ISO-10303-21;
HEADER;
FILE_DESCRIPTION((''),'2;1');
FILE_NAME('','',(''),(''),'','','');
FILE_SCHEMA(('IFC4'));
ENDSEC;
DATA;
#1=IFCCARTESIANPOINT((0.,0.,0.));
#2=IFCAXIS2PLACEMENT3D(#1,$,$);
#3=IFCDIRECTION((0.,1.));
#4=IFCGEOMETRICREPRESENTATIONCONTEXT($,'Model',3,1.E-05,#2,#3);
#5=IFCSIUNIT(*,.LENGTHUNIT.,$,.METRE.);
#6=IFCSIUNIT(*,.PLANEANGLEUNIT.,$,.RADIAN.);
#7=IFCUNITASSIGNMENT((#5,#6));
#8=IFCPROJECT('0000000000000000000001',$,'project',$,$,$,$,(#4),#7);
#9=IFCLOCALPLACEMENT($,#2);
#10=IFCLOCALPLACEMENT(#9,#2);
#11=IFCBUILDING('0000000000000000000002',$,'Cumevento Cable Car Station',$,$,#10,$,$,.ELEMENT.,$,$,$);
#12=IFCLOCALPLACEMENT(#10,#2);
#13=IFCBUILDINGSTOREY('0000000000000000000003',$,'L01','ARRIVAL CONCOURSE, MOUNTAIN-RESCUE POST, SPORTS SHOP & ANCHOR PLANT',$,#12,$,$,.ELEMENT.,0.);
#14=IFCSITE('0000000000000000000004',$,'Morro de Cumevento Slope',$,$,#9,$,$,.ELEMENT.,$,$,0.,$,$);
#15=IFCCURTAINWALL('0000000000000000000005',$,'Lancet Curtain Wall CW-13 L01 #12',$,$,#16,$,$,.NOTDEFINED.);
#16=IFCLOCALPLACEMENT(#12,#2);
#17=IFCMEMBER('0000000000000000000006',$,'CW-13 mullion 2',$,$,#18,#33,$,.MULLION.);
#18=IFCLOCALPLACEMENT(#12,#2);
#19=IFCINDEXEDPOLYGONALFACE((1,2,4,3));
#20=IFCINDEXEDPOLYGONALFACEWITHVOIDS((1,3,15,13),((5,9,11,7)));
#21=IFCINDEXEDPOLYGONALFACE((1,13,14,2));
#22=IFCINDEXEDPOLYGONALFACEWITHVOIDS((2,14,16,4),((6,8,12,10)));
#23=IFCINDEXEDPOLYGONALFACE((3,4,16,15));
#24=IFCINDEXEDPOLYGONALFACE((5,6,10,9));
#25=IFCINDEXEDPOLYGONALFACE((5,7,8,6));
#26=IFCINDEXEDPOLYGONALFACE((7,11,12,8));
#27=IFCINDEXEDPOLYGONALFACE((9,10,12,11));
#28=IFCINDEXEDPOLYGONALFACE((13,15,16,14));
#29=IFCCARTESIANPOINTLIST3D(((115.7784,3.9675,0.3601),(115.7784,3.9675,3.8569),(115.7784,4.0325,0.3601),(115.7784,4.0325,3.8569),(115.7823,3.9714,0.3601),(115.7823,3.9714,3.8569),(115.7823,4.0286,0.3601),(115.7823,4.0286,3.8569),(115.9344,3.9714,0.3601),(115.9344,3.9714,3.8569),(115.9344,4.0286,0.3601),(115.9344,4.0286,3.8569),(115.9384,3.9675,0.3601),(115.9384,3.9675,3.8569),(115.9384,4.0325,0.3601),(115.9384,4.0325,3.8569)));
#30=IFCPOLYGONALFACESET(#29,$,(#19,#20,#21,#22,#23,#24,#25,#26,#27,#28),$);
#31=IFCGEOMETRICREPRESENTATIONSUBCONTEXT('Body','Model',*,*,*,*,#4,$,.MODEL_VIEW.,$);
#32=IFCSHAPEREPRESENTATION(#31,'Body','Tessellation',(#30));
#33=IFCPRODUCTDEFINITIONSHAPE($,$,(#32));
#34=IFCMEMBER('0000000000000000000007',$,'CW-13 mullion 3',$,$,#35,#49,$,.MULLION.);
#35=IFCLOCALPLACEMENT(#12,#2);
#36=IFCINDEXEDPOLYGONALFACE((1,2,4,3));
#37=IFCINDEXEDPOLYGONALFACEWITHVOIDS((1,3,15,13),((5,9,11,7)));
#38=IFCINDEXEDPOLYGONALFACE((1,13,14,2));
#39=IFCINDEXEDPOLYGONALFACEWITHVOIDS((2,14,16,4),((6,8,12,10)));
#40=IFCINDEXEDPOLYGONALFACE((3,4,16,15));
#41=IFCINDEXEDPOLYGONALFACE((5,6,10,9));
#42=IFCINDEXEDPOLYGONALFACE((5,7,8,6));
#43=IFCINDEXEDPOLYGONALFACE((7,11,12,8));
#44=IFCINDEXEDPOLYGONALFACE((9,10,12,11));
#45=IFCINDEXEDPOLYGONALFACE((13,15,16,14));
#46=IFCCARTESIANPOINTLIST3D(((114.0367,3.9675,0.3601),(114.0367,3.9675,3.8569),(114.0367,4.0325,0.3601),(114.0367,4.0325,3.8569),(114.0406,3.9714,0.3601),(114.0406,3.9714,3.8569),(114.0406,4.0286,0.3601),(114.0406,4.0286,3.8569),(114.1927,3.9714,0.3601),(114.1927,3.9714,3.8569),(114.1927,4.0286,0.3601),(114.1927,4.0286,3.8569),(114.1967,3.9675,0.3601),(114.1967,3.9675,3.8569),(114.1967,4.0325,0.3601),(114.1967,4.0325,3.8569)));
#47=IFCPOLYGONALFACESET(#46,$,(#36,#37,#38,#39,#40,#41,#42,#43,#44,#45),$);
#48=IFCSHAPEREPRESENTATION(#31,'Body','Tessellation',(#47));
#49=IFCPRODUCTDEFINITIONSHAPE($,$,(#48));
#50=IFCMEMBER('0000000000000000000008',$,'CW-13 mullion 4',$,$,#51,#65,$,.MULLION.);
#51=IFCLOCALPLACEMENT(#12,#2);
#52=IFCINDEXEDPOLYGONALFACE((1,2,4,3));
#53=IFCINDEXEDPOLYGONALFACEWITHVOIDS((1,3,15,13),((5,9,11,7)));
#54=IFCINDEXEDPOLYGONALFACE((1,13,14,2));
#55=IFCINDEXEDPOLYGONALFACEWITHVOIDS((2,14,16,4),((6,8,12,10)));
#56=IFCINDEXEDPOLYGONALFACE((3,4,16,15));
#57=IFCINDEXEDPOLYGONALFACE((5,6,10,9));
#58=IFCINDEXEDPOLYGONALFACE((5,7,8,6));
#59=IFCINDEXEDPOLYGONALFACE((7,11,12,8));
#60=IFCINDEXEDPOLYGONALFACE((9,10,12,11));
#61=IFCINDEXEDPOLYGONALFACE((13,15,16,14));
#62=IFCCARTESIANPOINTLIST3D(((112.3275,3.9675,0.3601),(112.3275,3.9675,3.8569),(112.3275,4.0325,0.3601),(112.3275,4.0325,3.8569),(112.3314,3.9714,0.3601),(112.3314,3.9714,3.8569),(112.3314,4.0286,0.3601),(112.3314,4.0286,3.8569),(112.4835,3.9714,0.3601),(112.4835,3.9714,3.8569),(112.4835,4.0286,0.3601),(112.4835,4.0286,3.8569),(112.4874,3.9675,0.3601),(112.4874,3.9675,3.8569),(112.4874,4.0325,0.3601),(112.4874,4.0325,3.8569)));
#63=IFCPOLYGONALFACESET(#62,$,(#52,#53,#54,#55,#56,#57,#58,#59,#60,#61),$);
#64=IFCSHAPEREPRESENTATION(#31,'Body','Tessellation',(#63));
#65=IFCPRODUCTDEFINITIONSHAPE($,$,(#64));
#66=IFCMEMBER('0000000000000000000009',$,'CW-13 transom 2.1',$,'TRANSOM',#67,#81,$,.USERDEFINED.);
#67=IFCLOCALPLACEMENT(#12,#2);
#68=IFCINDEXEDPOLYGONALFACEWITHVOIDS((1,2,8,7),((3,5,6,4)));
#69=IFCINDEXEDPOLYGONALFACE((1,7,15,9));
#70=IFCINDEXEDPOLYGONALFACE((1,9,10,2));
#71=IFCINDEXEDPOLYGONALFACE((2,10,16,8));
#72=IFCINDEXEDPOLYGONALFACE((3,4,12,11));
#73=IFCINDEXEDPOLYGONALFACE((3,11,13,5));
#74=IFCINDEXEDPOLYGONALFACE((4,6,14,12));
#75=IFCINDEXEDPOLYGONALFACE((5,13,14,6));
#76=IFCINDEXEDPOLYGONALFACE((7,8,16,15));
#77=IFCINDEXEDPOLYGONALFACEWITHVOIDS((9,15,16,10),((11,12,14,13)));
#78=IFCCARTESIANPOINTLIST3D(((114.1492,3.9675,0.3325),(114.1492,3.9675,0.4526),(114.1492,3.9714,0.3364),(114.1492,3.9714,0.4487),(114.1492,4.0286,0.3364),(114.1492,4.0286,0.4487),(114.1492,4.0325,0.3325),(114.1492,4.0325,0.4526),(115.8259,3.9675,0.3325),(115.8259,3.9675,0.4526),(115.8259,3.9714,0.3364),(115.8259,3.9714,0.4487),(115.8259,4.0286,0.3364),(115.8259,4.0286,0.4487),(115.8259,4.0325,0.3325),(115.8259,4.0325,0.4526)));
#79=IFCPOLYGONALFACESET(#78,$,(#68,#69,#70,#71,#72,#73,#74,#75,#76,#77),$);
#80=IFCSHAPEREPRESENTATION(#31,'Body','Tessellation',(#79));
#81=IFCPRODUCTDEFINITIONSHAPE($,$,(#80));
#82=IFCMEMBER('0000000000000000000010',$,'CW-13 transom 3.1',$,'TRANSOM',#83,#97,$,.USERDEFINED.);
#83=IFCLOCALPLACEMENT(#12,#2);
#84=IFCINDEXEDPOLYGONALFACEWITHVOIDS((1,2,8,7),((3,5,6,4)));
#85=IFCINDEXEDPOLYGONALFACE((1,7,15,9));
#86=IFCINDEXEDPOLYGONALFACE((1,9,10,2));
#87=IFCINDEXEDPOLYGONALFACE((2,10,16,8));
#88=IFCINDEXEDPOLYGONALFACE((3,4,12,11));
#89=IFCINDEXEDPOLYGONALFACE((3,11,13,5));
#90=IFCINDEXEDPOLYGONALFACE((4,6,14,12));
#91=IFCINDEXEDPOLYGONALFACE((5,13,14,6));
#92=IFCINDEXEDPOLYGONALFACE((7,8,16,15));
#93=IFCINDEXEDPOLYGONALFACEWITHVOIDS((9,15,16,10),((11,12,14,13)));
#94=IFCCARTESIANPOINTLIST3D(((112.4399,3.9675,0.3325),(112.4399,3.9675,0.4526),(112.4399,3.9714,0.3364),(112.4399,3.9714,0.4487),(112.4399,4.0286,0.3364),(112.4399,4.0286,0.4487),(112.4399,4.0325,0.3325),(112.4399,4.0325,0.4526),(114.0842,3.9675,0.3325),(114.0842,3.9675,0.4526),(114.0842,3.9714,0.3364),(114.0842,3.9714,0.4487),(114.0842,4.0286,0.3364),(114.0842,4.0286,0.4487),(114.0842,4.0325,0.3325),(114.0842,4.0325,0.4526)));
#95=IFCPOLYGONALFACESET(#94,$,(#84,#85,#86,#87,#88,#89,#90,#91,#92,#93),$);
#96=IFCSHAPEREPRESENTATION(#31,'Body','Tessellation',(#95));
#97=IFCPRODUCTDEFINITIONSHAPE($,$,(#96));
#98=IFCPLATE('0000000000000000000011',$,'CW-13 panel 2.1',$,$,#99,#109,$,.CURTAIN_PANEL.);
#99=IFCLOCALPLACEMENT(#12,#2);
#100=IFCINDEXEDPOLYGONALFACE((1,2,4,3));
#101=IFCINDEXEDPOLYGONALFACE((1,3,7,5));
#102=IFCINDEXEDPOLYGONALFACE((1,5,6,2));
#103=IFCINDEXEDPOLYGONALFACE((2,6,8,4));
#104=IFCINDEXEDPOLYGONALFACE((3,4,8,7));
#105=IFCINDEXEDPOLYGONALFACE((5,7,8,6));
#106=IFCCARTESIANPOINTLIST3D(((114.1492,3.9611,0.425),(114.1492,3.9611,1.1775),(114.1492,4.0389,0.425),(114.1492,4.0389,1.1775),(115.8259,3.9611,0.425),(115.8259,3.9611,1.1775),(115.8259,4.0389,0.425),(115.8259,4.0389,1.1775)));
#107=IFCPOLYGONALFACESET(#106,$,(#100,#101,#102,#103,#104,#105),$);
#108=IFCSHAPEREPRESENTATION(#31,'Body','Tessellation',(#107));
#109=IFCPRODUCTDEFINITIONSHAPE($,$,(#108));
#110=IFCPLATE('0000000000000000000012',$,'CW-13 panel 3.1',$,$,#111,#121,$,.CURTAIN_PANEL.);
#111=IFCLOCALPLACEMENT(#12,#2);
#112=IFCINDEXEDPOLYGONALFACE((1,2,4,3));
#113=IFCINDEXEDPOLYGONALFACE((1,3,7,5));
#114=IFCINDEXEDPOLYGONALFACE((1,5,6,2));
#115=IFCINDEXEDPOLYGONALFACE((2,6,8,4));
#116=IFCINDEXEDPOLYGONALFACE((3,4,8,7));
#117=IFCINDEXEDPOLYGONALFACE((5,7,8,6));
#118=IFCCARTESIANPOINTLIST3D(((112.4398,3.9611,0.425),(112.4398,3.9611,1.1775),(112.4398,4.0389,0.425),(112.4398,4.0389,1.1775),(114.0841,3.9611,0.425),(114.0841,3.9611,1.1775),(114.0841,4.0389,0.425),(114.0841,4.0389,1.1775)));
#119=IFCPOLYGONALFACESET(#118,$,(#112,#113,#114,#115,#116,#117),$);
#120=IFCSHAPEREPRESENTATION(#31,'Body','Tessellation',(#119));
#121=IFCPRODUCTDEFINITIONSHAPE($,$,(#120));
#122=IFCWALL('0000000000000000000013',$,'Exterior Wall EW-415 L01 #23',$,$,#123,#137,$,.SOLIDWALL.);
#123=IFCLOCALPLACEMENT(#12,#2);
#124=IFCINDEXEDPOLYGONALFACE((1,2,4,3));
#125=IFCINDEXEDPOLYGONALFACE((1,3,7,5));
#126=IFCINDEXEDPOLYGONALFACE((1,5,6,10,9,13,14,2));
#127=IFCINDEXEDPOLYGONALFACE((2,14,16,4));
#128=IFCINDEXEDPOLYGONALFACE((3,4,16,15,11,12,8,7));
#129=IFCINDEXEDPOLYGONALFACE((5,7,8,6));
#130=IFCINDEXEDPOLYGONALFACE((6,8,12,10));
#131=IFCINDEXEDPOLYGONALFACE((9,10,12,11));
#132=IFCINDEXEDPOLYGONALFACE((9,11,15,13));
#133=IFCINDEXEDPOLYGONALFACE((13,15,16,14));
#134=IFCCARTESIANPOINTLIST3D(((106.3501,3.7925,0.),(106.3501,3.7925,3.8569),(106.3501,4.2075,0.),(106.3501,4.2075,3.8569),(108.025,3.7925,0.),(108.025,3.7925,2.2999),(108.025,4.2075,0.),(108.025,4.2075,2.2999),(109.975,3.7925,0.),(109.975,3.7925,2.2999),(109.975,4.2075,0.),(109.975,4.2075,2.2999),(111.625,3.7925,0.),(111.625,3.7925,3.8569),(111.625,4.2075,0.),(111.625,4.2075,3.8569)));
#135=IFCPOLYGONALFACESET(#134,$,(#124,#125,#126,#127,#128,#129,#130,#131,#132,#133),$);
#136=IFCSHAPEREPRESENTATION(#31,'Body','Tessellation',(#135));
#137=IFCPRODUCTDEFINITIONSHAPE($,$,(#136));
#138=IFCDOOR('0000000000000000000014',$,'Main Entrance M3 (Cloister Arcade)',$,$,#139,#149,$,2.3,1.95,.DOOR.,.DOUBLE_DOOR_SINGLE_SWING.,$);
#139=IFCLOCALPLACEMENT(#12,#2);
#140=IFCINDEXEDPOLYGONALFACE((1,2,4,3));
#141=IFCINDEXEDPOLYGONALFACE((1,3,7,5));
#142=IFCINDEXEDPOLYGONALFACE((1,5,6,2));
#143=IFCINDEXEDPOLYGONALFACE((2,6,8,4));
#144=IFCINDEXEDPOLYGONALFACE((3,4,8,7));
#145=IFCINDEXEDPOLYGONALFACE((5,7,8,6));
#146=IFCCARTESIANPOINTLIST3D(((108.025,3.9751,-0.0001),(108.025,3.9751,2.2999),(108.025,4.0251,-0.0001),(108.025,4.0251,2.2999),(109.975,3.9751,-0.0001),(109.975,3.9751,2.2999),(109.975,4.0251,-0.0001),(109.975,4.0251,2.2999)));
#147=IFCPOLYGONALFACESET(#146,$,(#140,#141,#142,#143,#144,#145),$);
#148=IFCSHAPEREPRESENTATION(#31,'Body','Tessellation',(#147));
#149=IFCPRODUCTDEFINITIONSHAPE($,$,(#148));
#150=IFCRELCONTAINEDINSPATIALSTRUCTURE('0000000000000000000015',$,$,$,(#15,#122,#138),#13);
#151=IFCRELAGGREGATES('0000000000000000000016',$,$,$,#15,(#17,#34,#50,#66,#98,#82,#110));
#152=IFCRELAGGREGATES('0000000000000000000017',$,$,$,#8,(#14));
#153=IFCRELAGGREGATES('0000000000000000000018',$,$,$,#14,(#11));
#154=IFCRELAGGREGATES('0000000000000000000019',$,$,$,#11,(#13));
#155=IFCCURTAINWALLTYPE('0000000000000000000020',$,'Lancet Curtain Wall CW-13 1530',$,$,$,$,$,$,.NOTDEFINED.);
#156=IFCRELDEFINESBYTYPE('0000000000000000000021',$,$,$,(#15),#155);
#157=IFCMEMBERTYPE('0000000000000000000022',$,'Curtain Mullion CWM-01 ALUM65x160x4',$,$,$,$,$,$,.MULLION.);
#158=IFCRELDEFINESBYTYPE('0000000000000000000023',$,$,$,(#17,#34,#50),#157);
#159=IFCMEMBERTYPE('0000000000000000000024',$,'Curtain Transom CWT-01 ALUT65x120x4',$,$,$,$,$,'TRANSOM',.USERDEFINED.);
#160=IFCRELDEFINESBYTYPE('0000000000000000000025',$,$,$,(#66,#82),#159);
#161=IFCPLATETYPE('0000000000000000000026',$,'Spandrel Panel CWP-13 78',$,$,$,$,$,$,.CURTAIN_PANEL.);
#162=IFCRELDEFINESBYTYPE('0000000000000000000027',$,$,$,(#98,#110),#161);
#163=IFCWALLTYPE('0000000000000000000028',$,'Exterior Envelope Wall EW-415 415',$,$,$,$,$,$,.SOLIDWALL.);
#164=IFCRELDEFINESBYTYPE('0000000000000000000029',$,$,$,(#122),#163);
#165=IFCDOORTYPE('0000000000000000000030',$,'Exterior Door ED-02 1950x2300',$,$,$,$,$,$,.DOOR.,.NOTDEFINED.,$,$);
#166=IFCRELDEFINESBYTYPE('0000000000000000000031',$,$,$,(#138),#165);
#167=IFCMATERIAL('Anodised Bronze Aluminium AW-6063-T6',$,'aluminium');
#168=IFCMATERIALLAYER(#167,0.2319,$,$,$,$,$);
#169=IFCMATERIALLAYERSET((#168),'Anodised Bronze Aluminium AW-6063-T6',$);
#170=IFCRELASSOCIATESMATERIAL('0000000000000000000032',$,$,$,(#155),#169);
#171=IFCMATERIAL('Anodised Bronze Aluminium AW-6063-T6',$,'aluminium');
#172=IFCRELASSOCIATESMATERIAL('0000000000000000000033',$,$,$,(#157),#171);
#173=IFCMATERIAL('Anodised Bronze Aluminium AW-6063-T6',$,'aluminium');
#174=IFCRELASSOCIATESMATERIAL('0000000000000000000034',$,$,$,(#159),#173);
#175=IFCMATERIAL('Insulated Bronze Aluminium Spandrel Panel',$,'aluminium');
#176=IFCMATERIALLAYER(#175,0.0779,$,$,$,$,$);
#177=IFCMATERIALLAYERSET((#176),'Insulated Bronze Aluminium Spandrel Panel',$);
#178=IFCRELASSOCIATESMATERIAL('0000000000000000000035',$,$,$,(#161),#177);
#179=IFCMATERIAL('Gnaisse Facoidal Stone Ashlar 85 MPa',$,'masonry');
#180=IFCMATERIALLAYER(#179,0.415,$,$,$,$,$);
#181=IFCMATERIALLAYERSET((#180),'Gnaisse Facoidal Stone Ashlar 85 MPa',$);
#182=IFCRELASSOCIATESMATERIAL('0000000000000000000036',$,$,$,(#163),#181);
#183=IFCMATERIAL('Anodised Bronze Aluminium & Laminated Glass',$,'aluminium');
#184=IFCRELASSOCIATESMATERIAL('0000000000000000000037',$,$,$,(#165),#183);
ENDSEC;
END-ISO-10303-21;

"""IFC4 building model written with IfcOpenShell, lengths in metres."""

from ifc_helpers import new_model, si_unit, direction, frame, frame_2d, origin, origin_2d, place, context, subcontext, project, spatial, rectangle, hollow_rectangle, extrude, material, layer, layer_set, material_profile, profile_set, type_object, element, fill, aggregate, save


model = new_model("IFC4")

# Units and contexts
model_context = context("Model", 3, precision=1e-05, world=origin(), true_north=direction((0.0, 1.0)))
body_context = subcontext(model_context, "Body", "Model", "MODEL_VIEW")
ifc_project = project(units=[si_unit("LENGTHUNIT", "METRE"), si_unit("PLANEANGLEUNIT", "RADIAN")], contexts=[model_context])

# Site, building, storey
site_placement = place(None, origin())
site = spatial("IfcSite", under=ifc_project, at=site_placement, Name="Morro de Cumevento Slope", CompositionType="ELEMENT", RefElevation=0.0)
building_placement = place(site_placement, origin())
building = spatial("IfcBuilding", under=site, at=building_placement, Name="Cumevento Cable Car Station", CompositionType="ELEMENT")
storey_placement = place(building_placement, origin())
storey = spatial("IfcBuildingStorey", under=building, at=storey_placement, Name="L01", Description="ARRIVAL CONCOURSE, MOUNTAIN-RESCUE POST, SPORTS SHOP & ANCHOR PLANT", CompositionType="ELEMENT", Elevation=0.0)

# Curtain wall, members, plates
ifc_material_1 = material(Name="Anodised Bronze Aluminium AW-6063-T6", Category="aluminium")
ifc_layer_1 = layer(ifc_material_1, 0.2319)
ifc_layer_set_1 = layer_set([ifc_layer_1], Name="Anodised Bronze Aluminium AW-6063-T6")
curtain_wall_type = type_object("IfcCurtainWallType", Name="Lancet Curtain Wall CW-13 1530", PredefinedType="NOTDEFINED", material=ifc_layer_set_1)
curtain_wall_placement = place(storey_placement, origin())
curtain_wall = element("IfcCurtainWall", 1, at=curtain_wall_placement, inside=storey, type_object=curtain_wall_type, Name="Lancet Curtain Wall CW-13 L01 #12", PredefinedType="NOTDEFINED")
ifc_material_2 = material(Name="Anodised Bronze Aluminium AW-6063-T6", Category="aluminium")
ifc_material_profile_1 = material_profile(ifc_material_2, hollow_rectangle(XDim=0.0649, YDim=0.1599, WallThickness=0.0039, at=origin_2d()), Name="ALUM65x160x4")
ifc_profile_set_1 = profile_set([ifc_material_profile_1], Name="Anodised Bronze Aluminium AW-6063-T6")
member_type_1 = type_object("IfcMemberType", Name="Curtain Mullion CWM-01 ALUM65x160x4", PredefinedType="MULLION", material=ifc_profile_set_1)
member_1_placement = place(storey_placement, frame((115.8584, 4.0, 0.3601), z_axis=(0.0, 0.0, 1.0), x_axis=(0.0, -1.0, 0.0)))
member_1 = element("IfcMember", 2, at=member_1_placement, type_object=member_type_1, Name="CW-13 mullion 2", PredefinedType="MULLION", context=body_context, shape_type="SweptSolid", body=[
    extrude(hollow_rectangle(XDim=0.0649, YDim=0.1599, WallThickness=0.0039, at=origin_2d()), origin(), (0.0, 0.0, 1.0), 3.4968),
])
member_2_placement = place(storey_placement, frame((114.1167, 4.0, 0.3601), z_axis=(0.0, 0.0, 1.0), x_axis=(0.0, -1.0, 0.0)))
member_2 = element("IfcMember", 3, at=member_2_placement, type_object=member_type_1, Name="CW-13 mullion 3", PredefinedType="MULLION", context=body_context, shape_type="SweptSolid", body=[
    extrude(hollow_rectangle(XDim=0.0649, YDim=0.1599, WallThickness=0.0039, at=origin_2d()), origin(), (0.0, 0.0, 1.0), 3.4968),
])
member_3_placement = place(storey_placement, frame((112.4075, 4.0, 0.3601), z_axis=(0.0, 0.0, 1.0), x_axis=(0.0, -1.0, 0.0)))
member_3 = element("IfcMember", 4, at=member_3_placement, type_object=member_type_1, Name="CW-13 mullion 4", PredefinedType="MULLION", context=body_context, shape_type="SweptSolid", body=[
    extrude(hollow_rectangle(XDim=0.0649, YDim=0.1599, WallThickness=0.0039, at=origin_2d()), origin(), (0.0, 0.0, 1.0), 3.4968),
])
ifc_material_3 = material(Name="Anodised Bronze Aluminium AW-6063-T6", Category="aluminium")
ifc_material_profile_2 = material_profile(ifc_material_3, hollow_rectangle(XDim=0.0649, YDim=0.1201, WallThickness=0.0039, at=origin_2d()), Name="ALUT65x120x4")
ifc_profile_set_2 = profile_set([ifc_material_profile_2], Name="Anodised Bronze Aluminium AW-6063-T6")
member_type_2 = type_object("IfcMemberType", Name="Curtain Transom CWT-01 ALUT65x120x4", ElementType="TRANSOM", PredefinedType="USERDEFINED", material=ifc_profile_set_2)
member_4_placement = place(storey_placement, frame((115.8259, 4.0, 0.3926), z_axis=(-1.0, 0.0, 0.0), x_axis=(0.0, -1.0, 0.0)))
member_4 = element("IfcMember", 5, at=member_4_placement, type_object=member_type_2, Name="CW-13 transom 2.1", ObjectType="TRANSOM", PredefinedType="USERDEFINED", context=body_context, shape_type="SweptSolid", body=[
    extrude(hollow_rectangle(XDim=0.0649, YDim=0.1201, WallThickness=0.0039, at=origin_2d()), origin(), (0.0, 0.0, 1.0), 1.6768),
])
member_5_placement = place(storey_placement, frame((114.0842, 4.0, 0.3926), z_axis=(-1.0, 0.0, 0.0), x_axis=(0.0, -1.0, 0.0)))
member_5 = element("IfcMember", 6, at=member_5_placement, type_object=member_type_2, Name="CW-13 transom 3.1", ObjectType="TRANSOM", PredefinedType="USERDEFINED", context=body_context, shape_type="SweptSolid", body=[
    extrude(hollow_rectangle(XDim=0.0649, YDim=0.1201, WallThickness=0.0039, at=origin_2d()), origin(), (0.0, 0.0, 1.0), 1.6443),
])
ifc_material_4 = material(Name="Insulated Bronze Aluminium Spandrel Panel", Category="aluminium")
ifc_layer_2 = layer(ifc_material_4, 0.0779)
ifc_layer_set_2 = layer_set([ifc_layer_2], Name="Insulated Bronze Aluminium Spandrel Panel")
plate_type = type_object("IfcPlateType", Name="Spandrel Panel CWP-13 78", PredefinedType="CURTAIN_PANEL", material=ifc_layer_set_2)
plate_1_placement = place(storey_placement, frame((114.9875, 4.0, 0.425), z_axis=(0.0, 0.0, 1.0), x_axis=(-1.0, 0.0, 0.0)))
plate_1 = element("IfcPlate", 7, at=plate_1_placement, type_object=plate_type, Name="CW-13 panel 2.1", PredefinedType="CURTAIN_PANEL", context=body_context, shape_type="SweptSolid", body=[
    extrude(rectangle(XDim=1.6768, YDim=0.0779, at=origin_2d()), origin(), (0.0, 0.0, 1.0), 0.7524),
])
plate_2_placement = place(storey_placement, frame((113.262, 4.0, 0.425), z_axis=(0.0, 0.0, 1.0), x_axis=(-1.0, 0.0, 0.0)))
plate_2 = element("IfcPlate", 8, at=plate_2_placement, type_object=plate_type, Name="CW-13 panel 3.1", PredefinedType="CURTAIN_PANEL", context=body_context, shape_type="SweptSolid", body=[
    extrude(rectangle(XDim=1.6443, YDim=0.0779, at=origin_2d()), origin(), (0.0, 0.0, 1.0), 0.7524),
])
aggregate(curtain_wall, [member_1, member_2, member_3, member_4, plate_1, member_5, plate_2])

# Wall, opening, door
ifc_material_5 = material(Name="Gnaisse Facoidal Stone Ashlar 85 MPa", Category="masonry")
ifc_layer_3 = layer(ifc_material_5, 0.415)
ifc_layer_set_3 = layer_set([ifc_layer_3], Name="Gnaisse Facoidal Stone Ashlar 85 MPa")
wall_type_1 = type_object("IfcWallType", Name="Exterior Envelope Wall EW-415 415", PredefinedType="SOLIDWALL", material=ifc_layer_set_3)
wall_1_placement = place(storey_placement, frame((111.625, 4.0, 0.0), z_axis=(0.0, 0.0, 1.0), x_axis=(-1.0, 0.0, 0.0)))
wall_1 = element("IfcWall", 9, at=wall_1_placement, inside=storey, type_object=wall_type_1, Name="Exterior Wall EW-415 L01 #23", PredefinedType="SOLIDWALL", context=body_context, shape_type="SweptSolid", body=[
    extrude(rectangle(XDim=5.2749, YDim=0.415, at=frame_2d((2.6375, 0.0))), origin(), (0.0, 0.0, 1.0), 3.8569),
])
opening_1_placement = place(wall_1_placement, frame((1.6499, 0.0, 0.0)))
opening_1 = element("IfcOpeningElement", 10, at=opening_1_placement, cuts=wall_1, PredefinedType="OPENING", context=body_context, shape_type="SweptSolid", body=[
    extrude(rectangle(XDim=1.95, YDim=2.3, at=frame_2d((0.9751, 1.1499))), frame((0.0, 0.2175, 0.0), z_axis=(0.0, -1.0, 0.0), x_axis=(1.0, 0.0, 0.0)), (0.0, 0.0, 1.0), 0.4351),
])
ifc_material_6 = material(Name="Anodised Bronze Aluminium & Laminated Glass", Category="aluminium")
door_type_1 = type_object("IfcDoorType", Name="Exterior Door ED-02 1950x2300", OperationType="NOTDEFINED", PredefinedType="DOOR", material=ifc_material_6)
door_1_placement = place(opening_1_placement, origin())
door_1 = element("IfcDoor", 11, at=door_1_placement, inside=storey, type_object=door_type_1, Name="Main Entrance M3 (Cloister Arcade)", OperationType="DOUBLE_DOOR_SINGLE_SWING", OverallHeight=2.3, OverallWidth=1.95, PredefinedType="DOOR", context=body_context, shape_type="SweptSolid", body=[
    extrude(rectangle(XDim=1.95, YDim=2.3, at=frame_2d((0.9751, 1.1499))), frame((0.0, 0.0249, 0.0), z_axis=(0.0, -1.0, 0.0), x_axis=(1.0, 0.0, 0.0)), (0.0, 0.0, 1.0), 0.05),
])
fill(opening_1, door_1)

save(model, "model.ifc")
